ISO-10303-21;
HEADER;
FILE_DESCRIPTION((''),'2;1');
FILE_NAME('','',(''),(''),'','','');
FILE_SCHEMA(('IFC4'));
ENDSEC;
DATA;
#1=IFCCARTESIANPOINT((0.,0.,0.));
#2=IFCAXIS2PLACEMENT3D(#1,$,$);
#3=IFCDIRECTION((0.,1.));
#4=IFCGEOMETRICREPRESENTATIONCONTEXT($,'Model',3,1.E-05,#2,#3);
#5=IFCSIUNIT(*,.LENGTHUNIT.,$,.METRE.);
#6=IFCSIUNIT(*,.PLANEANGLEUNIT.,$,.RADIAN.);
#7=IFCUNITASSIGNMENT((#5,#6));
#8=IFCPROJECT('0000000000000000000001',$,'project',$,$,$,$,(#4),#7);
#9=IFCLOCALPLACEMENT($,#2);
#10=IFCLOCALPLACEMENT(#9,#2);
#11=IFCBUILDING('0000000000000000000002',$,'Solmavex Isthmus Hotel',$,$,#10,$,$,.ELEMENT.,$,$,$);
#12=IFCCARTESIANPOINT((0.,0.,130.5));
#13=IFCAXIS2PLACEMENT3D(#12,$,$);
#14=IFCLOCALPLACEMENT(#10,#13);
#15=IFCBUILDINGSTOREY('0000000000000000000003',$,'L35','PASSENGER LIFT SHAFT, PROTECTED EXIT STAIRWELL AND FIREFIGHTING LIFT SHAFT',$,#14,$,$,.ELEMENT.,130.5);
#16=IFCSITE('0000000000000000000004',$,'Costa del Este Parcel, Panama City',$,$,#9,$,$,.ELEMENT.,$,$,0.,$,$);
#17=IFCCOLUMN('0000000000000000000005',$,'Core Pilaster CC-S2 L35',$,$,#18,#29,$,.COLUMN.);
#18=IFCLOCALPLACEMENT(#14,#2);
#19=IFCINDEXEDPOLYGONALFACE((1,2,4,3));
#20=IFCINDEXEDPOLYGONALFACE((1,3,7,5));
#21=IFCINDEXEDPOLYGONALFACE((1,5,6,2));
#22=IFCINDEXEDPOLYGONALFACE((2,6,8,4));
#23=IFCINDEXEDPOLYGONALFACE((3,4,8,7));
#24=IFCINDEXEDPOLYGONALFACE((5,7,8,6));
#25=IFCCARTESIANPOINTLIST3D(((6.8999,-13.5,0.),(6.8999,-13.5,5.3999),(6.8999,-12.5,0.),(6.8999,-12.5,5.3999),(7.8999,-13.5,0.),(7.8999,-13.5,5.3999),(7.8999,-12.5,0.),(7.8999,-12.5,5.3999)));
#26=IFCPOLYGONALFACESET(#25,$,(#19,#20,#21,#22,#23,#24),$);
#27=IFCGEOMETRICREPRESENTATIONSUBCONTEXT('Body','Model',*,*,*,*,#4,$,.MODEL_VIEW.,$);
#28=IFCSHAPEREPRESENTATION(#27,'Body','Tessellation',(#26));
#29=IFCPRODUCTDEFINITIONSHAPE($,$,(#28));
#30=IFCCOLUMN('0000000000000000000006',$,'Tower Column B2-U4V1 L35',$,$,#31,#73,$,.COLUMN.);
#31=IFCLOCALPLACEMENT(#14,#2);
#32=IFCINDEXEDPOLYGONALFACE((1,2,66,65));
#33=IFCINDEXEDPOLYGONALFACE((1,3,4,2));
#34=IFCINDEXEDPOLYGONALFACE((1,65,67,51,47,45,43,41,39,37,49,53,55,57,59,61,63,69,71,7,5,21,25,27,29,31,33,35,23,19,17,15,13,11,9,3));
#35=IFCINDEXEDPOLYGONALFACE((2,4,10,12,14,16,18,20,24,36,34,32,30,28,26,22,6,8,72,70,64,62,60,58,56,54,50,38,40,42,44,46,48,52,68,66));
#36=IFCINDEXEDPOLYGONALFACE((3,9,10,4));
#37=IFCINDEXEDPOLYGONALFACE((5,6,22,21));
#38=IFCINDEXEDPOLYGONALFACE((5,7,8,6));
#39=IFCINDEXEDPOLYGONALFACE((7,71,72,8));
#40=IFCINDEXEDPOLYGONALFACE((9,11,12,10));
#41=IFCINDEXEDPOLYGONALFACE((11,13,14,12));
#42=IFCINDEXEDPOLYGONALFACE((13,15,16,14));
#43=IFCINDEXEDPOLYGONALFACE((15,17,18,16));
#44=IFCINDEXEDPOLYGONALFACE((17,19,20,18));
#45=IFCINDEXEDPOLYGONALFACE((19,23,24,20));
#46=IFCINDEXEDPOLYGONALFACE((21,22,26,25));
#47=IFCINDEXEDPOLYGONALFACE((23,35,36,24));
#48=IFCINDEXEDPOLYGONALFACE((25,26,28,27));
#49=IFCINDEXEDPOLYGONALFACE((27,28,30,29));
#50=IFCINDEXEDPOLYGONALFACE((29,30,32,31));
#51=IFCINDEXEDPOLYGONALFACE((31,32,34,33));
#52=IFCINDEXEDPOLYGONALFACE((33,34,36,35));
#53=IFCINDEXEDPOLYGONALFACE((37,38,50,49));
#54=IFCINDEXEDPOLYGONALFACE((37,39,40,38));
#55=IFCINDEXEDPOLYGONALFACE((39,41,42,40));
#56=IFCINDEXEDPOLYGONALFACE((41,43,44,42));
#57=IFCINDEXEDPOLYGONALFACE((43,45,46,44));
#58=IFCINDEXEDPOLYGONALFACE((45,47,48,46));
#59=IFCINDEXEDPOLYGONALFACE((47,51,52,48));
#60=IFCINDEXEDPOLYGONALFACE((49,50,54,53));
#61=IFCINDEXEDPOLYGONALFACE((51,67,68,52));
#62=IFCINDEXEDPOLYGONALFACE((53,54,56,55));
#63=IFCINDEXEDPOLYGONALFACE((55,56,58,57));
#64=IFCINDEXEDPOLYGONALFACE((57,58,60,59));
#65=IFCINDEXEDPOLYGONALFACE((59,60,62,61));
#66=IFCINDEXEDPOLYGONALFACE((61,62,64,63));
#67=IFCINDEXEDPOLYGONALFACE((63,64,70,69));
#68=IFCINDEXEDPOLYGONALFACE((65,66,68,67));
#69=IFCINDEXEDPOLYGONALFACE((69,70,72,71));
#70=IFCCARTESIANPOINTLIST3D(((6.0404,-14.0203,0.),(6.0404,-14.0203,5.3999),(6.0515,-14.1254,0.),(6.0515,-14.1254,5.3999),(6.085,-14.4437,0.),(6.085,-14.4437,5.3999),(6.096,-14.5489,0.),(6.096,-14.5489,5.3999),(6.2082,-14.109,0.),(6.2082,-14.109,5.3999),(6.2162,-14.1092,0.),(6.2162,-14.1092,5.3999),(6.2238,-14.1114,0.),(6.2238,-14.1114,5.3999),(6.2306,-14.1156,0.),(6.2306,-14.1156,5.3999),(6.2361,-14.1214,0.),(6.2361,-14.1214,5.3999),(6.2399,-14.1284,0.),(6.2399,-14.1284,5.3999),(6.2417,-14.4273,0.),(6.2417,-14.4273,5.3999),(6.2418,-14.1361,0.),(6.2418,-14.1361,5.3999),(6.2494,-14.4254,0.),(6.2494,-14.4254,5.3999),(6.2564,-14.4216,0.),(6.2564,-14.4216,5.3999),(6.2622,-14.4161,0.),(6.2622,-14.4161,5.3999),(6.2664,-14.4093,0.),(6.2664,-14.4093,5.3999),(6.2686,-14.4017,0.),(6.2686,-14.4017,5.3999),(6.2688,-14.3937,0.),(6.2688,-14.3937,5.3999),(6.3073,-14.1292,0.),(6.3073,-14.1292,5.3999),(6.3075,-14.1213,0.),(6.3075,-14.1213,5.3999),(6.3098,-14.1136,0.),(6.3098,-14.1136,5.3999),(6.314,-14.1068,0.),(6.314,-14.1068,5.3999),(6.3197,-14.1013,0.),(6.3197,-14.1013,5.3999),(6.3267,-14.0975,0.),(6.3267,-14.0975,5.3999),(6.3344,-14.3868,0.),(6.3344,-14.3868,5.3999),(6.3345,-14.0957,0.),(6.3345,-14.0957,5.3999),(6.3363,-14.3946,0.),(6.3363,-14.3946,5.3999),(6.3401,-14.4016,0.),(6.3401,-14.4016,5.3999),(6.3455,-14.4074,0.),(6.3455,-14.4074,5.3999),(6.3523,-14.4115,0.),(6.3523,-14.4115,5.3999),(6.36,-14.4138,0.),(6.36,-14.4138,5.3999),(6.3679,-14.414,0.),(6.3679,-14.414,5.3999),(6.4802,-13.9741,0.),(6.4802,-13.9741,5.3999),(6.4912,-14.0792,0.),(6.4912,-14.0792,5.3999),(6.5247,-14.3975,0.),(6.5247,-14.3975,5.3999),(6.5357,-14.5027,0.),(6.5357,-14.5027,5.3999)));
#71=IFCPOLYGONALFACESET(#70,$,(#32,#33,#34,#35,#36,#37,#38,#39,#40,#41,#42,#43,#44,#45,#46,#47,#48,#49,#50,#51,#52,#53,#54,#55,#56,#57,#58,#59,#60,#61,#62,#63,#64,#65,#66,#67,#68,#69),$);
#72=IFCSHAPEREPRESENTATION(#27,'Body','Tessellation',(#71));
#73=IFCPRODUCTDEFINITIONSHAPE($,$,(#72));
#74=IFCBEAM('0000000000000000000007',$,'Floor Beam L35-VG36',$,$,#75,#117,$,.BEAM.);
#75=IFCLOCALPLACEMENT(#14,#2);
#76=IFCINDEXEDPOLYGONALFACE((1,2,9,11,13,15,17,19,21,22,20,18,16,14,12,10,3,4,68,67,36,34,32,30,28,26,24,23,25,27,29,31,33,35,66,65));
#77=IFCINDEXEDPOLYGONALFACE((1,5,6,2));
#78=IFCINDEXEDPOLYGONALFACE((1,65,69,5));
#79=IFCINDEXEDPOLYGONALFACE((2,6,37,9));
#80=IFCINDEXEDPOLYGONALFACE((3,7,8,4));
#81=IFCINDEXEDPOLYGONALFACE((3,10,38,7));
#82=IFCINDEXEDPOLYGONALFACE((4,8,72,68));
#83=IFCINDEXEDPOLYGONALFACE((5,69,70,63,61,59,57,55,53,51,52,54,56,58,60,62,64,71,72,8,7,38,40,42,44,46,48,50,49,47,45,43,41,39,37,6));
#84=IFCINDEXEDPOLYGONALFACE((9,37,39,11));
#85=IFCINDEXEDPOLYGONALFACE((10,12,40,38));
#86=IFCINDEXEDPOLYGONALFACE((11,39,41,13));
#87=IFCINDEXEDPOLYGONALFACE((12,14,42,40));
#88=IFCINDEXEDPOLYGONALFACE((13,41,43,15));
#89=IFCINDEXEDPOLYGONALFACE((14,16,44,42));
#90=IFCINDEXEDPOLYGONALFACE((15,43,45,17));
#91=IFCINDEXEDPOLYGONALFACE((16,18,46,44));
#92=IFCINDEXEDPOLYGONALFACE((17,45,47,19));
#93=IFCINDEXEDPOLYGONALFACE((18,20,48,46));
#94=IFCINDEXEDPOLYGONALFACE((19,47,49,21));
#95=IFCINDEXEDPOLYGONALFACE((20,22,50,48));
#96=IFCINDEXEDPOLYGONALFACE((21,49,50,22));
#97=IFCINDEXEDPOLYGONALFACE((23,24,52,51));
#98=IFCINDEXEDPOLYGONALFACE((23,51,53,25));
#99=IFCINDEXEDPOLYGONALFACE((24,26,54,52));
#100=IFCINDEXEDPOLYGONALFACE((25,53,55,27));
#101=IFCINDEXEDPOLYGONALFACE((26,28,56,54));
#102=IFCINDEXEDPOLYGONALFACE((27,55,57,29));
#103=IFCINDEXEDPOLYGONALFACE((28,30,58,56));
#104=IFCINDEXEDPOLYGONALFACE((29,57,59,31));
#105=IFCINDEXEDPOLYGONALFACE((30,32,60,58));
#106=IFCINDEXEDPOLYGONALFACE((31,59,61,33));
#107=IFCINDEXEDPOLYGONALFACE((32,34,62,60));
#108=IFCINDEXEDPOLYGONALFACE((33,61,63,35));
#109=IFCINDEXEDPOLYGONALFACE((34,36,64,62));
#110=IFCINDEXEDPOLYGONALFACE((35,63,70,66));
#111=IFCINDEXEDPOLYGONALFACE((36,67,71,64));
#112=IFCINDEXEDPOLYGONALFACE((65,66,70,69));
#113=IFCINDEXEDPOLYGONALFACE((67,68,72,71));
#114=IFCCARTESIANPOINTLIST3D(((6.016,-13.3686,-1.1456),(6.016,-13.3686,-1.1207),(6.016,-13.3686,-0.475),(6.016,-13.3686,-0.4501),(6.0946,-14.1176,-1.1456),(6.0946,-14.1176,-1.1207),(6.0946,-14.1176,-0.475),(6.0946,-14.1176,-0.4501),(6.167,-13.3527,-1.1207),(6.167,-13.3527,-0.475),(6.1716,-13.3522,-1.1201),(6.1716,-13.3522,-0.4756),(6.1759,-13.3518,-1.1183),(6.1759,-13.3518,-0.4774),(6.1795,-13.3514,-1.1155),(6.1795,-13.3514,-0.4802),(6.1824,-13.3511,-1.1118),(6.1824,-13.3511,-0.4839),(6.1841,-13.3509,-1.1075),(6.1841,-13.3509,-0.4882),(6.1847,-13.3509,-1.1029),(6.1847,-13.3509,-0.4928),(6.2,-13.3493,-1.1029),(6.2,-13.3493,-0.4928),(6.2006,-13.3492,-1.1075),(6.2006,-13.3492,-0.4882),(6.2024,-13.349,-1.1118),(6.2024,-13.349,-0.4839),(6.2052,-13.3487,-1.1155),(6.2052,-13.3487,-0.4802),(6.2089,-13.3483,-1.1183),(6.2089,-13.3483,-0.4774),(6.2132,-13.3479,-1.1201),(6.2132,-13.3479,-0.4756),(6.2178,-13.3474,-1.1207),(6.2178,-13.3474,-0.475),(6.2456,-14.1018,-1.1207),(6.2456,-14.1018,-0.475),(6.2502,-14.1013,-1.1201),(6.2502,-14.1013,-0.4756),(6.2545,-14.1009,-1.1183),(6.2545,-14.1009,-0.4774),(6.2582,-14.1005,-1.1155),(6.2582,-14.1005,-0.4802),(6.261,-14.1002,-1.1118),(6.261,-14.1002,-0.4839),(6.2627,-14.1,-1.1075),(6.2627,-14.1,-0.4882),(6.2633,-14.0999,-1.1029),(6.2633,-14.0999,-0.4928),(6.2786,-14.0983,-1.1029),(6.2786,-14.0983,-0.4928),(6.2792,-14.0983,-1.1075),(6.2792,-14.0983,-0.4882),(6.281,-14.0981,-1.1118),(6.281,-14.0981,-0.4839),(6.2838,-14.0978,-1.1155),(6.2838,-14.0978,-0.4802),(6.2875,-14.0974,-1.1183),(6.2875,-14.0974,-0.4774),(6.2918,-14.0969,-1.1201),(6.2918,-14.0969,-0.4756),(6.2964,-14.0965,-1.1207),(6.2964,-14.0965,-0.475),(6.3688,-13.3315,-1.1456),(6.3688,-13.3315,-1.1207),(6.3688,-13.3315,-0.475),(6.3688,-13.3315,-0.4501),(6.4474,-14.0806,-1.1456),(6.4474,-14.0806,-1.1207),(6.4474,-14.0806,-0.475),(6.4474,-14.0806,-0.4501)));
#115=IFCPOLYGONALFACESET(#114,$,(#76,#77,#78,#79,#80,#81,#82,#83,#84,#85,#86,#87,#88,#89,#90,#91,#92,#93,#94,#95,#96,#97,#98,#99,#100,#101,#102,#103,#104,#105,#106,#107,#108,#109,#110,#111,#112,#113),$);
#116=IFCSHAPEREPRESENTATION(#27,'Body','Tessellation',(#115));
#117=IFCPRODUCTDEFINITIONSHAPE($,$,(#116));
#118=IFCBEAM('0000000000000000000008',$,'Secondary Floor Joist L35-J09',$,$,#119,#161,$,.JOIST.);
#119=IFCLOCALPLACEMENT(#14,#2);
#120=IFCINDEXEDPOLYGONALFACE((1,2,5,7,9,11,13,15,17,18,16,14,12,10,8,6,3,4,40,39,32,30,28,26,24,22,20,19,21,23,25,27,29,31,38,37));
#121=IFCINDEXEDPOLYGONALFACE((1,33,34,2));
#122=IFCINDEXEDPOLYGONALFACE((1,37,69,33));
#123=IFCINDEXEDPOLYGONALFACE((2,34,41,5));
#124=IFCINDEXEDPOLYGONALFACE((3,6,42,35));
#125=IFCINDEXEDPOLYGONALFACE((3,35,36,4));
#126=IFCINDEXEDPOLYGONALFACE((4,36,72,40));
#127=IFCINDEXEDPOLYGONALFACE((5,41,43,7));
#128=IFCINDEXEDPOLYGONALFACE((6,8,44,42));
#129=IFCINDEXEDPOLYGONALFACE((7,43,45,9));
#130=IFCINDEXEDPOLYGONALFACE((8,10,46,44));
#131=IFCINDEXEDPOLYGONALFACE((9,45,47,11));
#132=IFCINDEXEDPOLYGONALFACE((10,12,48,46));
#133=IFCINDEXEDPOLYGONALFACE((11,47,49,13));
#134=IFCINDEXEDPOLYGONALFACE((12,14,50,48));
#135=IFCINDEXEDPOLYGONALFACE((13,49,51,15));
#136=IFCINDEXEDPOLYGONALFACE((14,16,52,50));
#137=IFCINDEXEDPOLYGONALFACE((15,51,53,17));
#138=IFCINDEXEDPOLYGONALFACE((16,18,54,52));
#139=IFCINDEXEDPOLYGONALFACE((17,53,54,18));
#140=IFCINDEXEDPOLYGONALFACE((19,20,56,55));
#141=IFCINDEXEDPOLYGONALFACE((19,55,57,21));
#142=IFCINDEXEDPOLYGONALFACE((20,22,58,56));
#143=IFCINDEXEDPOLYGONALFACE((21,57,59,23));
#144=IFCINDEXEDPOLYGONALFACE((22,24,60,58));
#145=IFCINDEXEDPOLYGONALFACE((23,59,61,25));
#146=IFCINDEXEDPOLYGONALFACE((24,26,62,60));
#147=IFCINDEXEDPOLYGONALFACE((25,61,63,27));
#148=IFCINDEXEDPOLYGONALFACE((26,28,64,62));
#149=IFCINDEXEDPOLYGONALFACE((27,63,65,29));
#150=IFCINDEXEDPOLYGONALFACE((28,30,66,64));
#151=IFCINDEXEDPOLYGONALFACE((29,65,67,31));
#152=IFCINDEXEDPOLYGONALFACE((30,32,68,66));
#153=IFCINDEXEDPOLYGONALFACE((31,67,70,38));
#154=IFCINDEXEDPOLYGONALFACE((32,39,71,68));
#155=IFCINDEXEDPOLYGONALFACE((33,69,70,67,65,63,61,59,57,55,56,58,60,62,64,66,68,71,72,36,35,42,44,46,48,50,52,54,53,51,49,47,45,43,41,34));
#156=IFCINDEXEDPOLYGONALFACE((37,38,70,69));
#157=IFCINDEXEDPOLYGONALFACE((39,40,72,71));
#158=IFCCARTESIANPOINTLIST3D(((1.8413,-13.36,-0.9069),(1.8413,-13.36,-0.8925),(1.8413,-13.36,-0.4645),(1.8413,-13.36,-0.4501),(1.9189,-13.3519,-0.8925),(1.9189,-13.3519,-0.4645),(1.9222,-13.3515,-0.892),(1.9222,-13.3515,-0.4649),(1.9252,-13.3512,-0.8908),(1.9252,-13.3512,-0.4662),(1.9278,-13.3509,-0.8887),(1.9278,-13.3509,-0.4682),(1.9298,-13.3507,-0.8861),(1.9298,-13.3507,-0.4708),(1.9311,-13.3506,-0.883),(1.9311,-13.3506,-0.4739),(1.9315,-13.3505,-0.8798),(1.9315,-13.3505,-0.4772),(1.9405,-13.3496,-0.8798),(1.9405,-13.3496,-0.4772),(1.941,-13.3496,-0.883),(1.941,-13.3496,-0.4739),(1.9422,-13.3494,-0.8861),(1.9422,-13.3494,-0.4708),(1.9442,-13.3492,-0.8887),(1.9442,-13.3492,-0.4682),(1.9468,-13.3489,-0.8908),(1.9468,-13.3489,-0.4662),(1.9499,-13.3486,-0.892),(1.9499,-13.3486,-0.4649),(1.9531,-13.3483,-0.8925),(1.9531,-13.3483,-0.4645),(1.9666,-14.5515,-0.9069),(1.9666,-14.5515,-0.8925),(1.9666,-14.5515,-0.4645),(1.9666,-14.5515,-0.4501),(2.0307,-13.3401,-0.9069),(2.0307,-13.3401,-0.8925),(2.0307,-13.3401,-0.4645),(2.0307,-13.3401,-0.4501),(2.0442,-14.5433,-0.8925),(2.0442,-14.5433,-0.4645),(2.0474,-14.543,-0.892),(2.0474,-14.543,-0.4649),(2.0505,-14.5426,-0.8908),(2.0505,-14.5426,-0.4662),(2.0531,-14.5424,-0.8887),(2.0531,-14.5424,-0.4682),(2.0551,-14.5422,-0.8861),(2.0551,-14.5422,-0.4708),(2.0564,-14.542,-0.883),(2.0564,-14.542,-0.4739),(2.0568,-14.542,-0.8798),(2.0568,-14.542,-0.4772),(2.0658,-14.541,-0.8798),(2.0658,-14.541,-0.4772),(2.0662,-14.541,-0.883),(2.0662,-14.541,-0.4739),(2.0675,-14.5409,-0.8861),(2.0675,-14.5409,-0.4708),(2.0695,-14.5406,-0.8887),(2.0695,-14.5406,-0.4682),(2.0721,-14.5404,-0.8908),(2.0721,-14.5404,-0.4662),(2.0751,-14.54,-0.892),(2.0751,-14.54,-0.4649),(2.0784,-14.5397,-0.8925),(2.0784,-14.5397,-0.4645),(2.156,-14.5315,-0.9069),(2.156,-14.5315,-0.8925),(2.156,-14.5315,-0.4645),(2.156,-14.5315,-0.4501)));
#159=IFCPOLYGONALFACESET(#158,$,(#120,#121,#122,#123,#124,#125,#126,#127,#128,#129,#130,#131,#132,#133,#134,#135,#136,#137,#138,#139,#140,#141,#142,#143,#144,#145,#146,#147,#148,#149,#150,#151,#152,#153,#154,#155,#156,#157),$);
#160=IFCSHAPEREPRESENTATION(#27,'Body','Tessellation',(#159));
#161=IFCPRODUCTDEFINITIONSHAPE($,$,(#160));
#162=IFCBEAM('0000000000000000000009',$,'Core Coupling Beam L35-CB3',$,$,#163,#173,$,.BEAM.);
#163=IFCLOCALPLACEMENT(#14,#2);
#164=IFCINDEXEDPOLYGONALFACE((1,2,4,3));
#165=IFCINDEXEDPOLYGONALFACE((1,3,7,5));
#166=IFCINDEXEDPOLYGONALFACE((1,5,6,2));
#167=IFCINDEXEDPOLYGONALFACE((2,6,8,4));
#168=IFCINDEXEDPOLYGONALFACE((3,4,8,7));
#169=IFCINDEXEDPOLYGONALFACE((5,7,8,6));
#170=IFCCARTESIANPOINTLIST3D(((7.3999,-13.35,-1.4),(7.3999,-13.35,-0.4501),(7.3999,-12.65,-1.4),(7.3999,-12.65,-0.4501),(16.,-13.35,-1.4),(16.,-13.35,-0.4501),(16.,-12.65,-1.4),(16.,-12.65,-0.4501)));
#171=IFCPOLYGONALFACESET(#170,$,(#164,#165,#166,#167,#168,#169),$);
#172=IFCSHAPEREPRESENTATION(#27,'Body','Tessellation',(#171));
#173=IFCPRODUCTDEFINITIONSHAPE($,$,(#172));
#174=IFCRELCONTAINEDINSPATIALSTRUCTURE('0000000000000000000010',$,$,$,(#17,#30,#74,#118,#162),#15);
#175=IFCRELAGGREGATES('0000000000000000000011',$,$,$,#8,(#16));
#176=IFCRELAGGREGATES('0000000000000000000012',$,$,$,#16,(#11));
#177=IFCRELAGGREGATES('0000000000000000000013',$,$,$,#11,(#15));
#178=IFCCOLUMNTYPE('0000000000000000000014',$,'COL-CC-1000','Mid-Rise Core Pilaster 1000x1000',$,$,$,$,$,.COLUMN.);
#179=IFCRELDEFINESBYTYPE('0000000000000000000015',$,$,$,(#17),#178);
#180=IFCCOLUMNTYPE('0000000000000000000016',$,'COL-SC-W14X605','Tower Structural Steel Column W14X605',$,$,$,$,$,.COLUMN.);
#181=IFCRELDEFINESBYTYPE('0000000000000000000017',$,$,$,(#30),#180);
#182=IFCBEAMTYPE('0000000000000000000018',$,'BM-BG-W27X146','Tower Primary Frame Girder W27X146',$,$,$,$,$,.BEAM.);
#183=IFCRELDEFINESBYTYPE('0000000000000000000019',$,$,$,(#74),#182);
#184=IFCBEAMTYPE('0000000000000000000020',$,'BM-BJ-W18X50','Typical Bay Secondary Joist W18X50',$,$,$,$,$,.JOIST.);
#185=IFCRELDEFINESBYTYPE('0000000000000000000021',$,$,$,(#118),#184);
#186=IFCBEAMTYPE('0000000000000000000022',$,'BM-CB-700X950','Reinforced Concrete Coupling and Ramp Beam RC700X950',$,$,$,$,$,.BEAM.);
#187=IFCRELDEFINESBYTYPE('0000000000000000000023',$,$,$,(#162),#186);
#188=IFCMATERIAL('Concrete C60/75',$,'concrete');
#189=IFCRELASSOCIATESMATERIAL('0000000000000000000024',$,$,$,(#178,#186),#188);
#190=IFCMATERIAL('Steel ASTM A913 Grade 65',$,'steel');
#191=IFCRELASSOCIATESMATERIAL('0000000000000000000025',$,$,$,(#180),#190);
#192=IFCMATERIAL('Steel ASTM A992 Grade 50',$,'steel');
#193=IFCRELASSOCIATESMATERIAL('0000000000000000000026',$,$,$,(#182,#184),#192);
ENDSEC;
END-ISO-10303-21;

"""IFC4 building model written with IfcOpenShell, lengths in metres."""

from ifc_helpers import new_model, si_unit, direction, frame, origin, origin_2d, place, context, subcontext, project, spatial, rectangle, i_section, extrude, material, material_profile, profile_set, type_object, element, save


model = new_model("IFC4")

# Units and contexts
model_context = context("Model", 3, precision=1e-05, world=origin(), true_north=direction((0.0, 1.0)))
body_context = subcontext(model_context, "Body", "Model", "MODEL_VIEW")
ifc_project = project(units=[si_unit("LENGTHUNIT", "METRE"), si_unit("PLANEANGLEUNIT", "RADIAN")], contexts=[model_context])

# Site, building, storey
site_placement = place(None, origin())
site = spatial("IfcSite", under=ifc_project, at=site_placement, Name="Costa del Este Parcel, Panama City", CompositionType="ELEMENT", RefElevation=0.0)
building_placement = place(site_placement, origin())
building = spatial("IfcBuilding", under=site, at=building_placement, Name="Solmavex Isthmus Hotel", CompositionType="ELEMENT")
storey_placement = place(building_placement, frame((0.0, 0.0, 130.5)))
storey = spatial("IfcBuildingStorey", under=building, at=storey_placement, Name="L35", Description="PASSENGER LIFT SHAFT, PROTECTED EXIT STAIRWELL AND FIREFIGHTING LIFT SHAFT", CompositionType="ELEMENT", Elevation=130.5)

# Columns
ifc_material_1 = material(Name="Concrete C60/75", Category="concrete")
ifc_material_profile_1 = material_profile(ifc_material_1, rectangle(XDim=1.0, YDim=1.0, at=origin_2d()), Name="RC1000X1000")
ifc_profile_set_1 = profile_set([ifc_material_profile_1], Name="Concrete C60/75")
column_type_1 = type_object("IfcColumnType", Name="COL-CC-1000", Description="Mid-Rise Core Pilaster 1000x1000", PredefinedType="COLUMN", material=ifc_profile_set_1)
column_1_placement = place(storey_placement, frame((7.3999, -13.0, 0.0), z_axis=(0.0, 0.0, 1.0), x_axis=(1.0, 0.0, 0.0)))
element("IfcColumn", 1, at=column_1_placement, inside=storey, type_object=column_type_1, Name="Core Pilaster CC-S2 L35", PredefinedType="COLUMN", context=body_context, shape_type="SweptSolid", body=[
    extrude(rectangle(XDim=1.0, YDim=1.0, at=origin_2d()), origin(), (0.0, 0.0, 1.0), 5.3999),
])
ifc_material_2 = material(Name="Steel ASTM A913 Grade 65", Category="steel")
ifc_material_profile_2 = material_profile(ifc_material_2, i_section(OverallWidth=0.4421, OverallDepth=0.5315, WebThickness=0.0659, FlangeThickness=0.1057, FilletRadius=0.0305, at=origin_2d()), Name="W14X605")
ifc_profile_set_2 = profile_set([ifc_material_profile_2], Name="Steel ASTM A913 Grade 65")
column_type_2 = type_object("IfcColumnType", Name="COL-SC-W14X605", Description="Tower Structural Steel Column W14X605", PredefinedType="COLUMN", material=ifc_profile_set_2)
column_2_placement = place(storey_placement, frame((6.2881, -14.2615, 0.0), z_axis=(0.0, 0.0, 1.0), x_axis=(0.994522, 0.104528, 0.0)))
element("IfcColumn", 2, at=column_2_placement, inside=storey, type_object=column_type_2, Name="Tower Column B2-U4V1 L35", PredefinedType="COLUMN", context=body_context, shape_type="SweptSolid", body=[
    extrude(i_section(OverallWidth=0.4421, OverallDepth=0.5315, WebThickness=0.0659, FlangeThickness=0.1057, FilletRadius=0.0305, at=origin_2d()), origin(), (0.0, 0.0, 1.0), 5.3999),
])

# Beams
ifc_material_3 = material(Name="Steel ASTM A992 Grade 50", Category="steel")
ifc_material_profile_3 = material_profile(ifc_material_3, i_section(OverallWidth=0.3547, OverallDepth=0.6956, WebThickness=0.0154, FlangeThickness=0.0249, FilletRadius=0.0178, at=origin_2d()), Name="W27X146")
ifc_profile_set_3 = profile_set([ifc_material_profile_3], Name="Steel ASTM A992 Grade 50")
beam_type_1 = type_object("IfcBeamType", Name="BM-BG-W27X146", Description="Tower Primary Frame Girder W27X146", PredefinedType="BEAM", material=ifc_profile_set_3)
beam_1_placement = place(storey_placement, frame((6.271, -14.0991, -0.7979), z_axis=(-0.104381, 0.994537, 0.0), x_axis=(-0.994537, -0.104381, 0.0)))
element("IfcBeam", 3, at=beam_1_placement, inside=storey, type_object=beam_type_1, Name="Floor Beam L35-VG36", PredefinedType="BEAM", context=body_context, shape_type="SweptSolid", body=[
    extrude(i_section(OverallWidth=0.3547, OverallDepth=0.6956, WebThickness=0.0154, FlangeThickness=0.0249, FilletRadius=0.0178, at=origin_2d()), origin(), (0.0, 0.0, 1.0), 0.7532),
])
ifc_material_profile_4 = material_profile(ifc_material_3, i_section(OverallWidth=0.1904, OverallDepth=0.4568, WebThickness=0.009, FlangeThickness=0.0144, FilletRadius=0.0127, at=origin_2d()), Name="W18X50")
ifc_profile_set_4 = profile_set([ifc_material_profile_4], Name="Steel ASTM A992 Grade 50")
beam_type_2 = type_object("IfcBeamType", Name="BM-BJ-W18X50", Description="Typical Bay Secondary Joist W18X50", PredefinedType="JOIST", material=ifc_profile_set_4)
beam_2_placement = place(storey_placement, frame((2.0613, -14.5415, -0.6785), z_axis=(-0.104547, 0.99452, 0.0), x_axis=(-0.99452, -0.104547, 0.0)))
element("IfcBeam", 4, at=beam_2_placement, inside=storey, type_object=beam_type_2, Name="Secondary Floor Joist L35-J09", PredefinedType="JOIST", context=body_context, shape_type="SweptSolid", body=[
    extrude(i_section(OverallWidth=0.1904, OverallDepth=0.4568, WebThickness=0.009, FlangeThickness=0.0144, FilletRadius=0.0127, at=origin_2d()), origin(), (0.0, 0.0, 1.0), 1.198),
])
ifc_material_profile_5 = material_profile(ifc_material_1, rectangle(XDim=0.7, YDim=0.95, at=origin_2d()), Name="RC700X950")
ifc_profile_set_5 = profile_set([ifc_material_profile_5], Name="Concrete C60/75")
beam_type_3 = type_object("IfcBeamType", Name="BM-CB-700X950", Description="Reinforced Concrete Coupling and Ramp Beam RC700X950", PredefinedType="BEAM", material=ifc_profile_set_5)
beam_3_placement = place(storey_placement, frame((7.3999, -13.0, -0.925), z_axis=(1.0, 0.0, 0.0), x_axis=(0.0, 1.0, 0.0)))
element("IfcBeam", 5, at=beam_3_placement, inside=storey, type_object=beam_type_3, Name="Core Coupling Beam L35-CB3", PredefinedType="BEAM", context=body_context, shape_type="SweptSolid", body=[
    extrude(rectangle(XDim=0.7, YDim=0.95, at=origin_2d()), origin(), (0.0, 0.0, 1.0), 8.6001),
])

save(model, "model.ifc")
